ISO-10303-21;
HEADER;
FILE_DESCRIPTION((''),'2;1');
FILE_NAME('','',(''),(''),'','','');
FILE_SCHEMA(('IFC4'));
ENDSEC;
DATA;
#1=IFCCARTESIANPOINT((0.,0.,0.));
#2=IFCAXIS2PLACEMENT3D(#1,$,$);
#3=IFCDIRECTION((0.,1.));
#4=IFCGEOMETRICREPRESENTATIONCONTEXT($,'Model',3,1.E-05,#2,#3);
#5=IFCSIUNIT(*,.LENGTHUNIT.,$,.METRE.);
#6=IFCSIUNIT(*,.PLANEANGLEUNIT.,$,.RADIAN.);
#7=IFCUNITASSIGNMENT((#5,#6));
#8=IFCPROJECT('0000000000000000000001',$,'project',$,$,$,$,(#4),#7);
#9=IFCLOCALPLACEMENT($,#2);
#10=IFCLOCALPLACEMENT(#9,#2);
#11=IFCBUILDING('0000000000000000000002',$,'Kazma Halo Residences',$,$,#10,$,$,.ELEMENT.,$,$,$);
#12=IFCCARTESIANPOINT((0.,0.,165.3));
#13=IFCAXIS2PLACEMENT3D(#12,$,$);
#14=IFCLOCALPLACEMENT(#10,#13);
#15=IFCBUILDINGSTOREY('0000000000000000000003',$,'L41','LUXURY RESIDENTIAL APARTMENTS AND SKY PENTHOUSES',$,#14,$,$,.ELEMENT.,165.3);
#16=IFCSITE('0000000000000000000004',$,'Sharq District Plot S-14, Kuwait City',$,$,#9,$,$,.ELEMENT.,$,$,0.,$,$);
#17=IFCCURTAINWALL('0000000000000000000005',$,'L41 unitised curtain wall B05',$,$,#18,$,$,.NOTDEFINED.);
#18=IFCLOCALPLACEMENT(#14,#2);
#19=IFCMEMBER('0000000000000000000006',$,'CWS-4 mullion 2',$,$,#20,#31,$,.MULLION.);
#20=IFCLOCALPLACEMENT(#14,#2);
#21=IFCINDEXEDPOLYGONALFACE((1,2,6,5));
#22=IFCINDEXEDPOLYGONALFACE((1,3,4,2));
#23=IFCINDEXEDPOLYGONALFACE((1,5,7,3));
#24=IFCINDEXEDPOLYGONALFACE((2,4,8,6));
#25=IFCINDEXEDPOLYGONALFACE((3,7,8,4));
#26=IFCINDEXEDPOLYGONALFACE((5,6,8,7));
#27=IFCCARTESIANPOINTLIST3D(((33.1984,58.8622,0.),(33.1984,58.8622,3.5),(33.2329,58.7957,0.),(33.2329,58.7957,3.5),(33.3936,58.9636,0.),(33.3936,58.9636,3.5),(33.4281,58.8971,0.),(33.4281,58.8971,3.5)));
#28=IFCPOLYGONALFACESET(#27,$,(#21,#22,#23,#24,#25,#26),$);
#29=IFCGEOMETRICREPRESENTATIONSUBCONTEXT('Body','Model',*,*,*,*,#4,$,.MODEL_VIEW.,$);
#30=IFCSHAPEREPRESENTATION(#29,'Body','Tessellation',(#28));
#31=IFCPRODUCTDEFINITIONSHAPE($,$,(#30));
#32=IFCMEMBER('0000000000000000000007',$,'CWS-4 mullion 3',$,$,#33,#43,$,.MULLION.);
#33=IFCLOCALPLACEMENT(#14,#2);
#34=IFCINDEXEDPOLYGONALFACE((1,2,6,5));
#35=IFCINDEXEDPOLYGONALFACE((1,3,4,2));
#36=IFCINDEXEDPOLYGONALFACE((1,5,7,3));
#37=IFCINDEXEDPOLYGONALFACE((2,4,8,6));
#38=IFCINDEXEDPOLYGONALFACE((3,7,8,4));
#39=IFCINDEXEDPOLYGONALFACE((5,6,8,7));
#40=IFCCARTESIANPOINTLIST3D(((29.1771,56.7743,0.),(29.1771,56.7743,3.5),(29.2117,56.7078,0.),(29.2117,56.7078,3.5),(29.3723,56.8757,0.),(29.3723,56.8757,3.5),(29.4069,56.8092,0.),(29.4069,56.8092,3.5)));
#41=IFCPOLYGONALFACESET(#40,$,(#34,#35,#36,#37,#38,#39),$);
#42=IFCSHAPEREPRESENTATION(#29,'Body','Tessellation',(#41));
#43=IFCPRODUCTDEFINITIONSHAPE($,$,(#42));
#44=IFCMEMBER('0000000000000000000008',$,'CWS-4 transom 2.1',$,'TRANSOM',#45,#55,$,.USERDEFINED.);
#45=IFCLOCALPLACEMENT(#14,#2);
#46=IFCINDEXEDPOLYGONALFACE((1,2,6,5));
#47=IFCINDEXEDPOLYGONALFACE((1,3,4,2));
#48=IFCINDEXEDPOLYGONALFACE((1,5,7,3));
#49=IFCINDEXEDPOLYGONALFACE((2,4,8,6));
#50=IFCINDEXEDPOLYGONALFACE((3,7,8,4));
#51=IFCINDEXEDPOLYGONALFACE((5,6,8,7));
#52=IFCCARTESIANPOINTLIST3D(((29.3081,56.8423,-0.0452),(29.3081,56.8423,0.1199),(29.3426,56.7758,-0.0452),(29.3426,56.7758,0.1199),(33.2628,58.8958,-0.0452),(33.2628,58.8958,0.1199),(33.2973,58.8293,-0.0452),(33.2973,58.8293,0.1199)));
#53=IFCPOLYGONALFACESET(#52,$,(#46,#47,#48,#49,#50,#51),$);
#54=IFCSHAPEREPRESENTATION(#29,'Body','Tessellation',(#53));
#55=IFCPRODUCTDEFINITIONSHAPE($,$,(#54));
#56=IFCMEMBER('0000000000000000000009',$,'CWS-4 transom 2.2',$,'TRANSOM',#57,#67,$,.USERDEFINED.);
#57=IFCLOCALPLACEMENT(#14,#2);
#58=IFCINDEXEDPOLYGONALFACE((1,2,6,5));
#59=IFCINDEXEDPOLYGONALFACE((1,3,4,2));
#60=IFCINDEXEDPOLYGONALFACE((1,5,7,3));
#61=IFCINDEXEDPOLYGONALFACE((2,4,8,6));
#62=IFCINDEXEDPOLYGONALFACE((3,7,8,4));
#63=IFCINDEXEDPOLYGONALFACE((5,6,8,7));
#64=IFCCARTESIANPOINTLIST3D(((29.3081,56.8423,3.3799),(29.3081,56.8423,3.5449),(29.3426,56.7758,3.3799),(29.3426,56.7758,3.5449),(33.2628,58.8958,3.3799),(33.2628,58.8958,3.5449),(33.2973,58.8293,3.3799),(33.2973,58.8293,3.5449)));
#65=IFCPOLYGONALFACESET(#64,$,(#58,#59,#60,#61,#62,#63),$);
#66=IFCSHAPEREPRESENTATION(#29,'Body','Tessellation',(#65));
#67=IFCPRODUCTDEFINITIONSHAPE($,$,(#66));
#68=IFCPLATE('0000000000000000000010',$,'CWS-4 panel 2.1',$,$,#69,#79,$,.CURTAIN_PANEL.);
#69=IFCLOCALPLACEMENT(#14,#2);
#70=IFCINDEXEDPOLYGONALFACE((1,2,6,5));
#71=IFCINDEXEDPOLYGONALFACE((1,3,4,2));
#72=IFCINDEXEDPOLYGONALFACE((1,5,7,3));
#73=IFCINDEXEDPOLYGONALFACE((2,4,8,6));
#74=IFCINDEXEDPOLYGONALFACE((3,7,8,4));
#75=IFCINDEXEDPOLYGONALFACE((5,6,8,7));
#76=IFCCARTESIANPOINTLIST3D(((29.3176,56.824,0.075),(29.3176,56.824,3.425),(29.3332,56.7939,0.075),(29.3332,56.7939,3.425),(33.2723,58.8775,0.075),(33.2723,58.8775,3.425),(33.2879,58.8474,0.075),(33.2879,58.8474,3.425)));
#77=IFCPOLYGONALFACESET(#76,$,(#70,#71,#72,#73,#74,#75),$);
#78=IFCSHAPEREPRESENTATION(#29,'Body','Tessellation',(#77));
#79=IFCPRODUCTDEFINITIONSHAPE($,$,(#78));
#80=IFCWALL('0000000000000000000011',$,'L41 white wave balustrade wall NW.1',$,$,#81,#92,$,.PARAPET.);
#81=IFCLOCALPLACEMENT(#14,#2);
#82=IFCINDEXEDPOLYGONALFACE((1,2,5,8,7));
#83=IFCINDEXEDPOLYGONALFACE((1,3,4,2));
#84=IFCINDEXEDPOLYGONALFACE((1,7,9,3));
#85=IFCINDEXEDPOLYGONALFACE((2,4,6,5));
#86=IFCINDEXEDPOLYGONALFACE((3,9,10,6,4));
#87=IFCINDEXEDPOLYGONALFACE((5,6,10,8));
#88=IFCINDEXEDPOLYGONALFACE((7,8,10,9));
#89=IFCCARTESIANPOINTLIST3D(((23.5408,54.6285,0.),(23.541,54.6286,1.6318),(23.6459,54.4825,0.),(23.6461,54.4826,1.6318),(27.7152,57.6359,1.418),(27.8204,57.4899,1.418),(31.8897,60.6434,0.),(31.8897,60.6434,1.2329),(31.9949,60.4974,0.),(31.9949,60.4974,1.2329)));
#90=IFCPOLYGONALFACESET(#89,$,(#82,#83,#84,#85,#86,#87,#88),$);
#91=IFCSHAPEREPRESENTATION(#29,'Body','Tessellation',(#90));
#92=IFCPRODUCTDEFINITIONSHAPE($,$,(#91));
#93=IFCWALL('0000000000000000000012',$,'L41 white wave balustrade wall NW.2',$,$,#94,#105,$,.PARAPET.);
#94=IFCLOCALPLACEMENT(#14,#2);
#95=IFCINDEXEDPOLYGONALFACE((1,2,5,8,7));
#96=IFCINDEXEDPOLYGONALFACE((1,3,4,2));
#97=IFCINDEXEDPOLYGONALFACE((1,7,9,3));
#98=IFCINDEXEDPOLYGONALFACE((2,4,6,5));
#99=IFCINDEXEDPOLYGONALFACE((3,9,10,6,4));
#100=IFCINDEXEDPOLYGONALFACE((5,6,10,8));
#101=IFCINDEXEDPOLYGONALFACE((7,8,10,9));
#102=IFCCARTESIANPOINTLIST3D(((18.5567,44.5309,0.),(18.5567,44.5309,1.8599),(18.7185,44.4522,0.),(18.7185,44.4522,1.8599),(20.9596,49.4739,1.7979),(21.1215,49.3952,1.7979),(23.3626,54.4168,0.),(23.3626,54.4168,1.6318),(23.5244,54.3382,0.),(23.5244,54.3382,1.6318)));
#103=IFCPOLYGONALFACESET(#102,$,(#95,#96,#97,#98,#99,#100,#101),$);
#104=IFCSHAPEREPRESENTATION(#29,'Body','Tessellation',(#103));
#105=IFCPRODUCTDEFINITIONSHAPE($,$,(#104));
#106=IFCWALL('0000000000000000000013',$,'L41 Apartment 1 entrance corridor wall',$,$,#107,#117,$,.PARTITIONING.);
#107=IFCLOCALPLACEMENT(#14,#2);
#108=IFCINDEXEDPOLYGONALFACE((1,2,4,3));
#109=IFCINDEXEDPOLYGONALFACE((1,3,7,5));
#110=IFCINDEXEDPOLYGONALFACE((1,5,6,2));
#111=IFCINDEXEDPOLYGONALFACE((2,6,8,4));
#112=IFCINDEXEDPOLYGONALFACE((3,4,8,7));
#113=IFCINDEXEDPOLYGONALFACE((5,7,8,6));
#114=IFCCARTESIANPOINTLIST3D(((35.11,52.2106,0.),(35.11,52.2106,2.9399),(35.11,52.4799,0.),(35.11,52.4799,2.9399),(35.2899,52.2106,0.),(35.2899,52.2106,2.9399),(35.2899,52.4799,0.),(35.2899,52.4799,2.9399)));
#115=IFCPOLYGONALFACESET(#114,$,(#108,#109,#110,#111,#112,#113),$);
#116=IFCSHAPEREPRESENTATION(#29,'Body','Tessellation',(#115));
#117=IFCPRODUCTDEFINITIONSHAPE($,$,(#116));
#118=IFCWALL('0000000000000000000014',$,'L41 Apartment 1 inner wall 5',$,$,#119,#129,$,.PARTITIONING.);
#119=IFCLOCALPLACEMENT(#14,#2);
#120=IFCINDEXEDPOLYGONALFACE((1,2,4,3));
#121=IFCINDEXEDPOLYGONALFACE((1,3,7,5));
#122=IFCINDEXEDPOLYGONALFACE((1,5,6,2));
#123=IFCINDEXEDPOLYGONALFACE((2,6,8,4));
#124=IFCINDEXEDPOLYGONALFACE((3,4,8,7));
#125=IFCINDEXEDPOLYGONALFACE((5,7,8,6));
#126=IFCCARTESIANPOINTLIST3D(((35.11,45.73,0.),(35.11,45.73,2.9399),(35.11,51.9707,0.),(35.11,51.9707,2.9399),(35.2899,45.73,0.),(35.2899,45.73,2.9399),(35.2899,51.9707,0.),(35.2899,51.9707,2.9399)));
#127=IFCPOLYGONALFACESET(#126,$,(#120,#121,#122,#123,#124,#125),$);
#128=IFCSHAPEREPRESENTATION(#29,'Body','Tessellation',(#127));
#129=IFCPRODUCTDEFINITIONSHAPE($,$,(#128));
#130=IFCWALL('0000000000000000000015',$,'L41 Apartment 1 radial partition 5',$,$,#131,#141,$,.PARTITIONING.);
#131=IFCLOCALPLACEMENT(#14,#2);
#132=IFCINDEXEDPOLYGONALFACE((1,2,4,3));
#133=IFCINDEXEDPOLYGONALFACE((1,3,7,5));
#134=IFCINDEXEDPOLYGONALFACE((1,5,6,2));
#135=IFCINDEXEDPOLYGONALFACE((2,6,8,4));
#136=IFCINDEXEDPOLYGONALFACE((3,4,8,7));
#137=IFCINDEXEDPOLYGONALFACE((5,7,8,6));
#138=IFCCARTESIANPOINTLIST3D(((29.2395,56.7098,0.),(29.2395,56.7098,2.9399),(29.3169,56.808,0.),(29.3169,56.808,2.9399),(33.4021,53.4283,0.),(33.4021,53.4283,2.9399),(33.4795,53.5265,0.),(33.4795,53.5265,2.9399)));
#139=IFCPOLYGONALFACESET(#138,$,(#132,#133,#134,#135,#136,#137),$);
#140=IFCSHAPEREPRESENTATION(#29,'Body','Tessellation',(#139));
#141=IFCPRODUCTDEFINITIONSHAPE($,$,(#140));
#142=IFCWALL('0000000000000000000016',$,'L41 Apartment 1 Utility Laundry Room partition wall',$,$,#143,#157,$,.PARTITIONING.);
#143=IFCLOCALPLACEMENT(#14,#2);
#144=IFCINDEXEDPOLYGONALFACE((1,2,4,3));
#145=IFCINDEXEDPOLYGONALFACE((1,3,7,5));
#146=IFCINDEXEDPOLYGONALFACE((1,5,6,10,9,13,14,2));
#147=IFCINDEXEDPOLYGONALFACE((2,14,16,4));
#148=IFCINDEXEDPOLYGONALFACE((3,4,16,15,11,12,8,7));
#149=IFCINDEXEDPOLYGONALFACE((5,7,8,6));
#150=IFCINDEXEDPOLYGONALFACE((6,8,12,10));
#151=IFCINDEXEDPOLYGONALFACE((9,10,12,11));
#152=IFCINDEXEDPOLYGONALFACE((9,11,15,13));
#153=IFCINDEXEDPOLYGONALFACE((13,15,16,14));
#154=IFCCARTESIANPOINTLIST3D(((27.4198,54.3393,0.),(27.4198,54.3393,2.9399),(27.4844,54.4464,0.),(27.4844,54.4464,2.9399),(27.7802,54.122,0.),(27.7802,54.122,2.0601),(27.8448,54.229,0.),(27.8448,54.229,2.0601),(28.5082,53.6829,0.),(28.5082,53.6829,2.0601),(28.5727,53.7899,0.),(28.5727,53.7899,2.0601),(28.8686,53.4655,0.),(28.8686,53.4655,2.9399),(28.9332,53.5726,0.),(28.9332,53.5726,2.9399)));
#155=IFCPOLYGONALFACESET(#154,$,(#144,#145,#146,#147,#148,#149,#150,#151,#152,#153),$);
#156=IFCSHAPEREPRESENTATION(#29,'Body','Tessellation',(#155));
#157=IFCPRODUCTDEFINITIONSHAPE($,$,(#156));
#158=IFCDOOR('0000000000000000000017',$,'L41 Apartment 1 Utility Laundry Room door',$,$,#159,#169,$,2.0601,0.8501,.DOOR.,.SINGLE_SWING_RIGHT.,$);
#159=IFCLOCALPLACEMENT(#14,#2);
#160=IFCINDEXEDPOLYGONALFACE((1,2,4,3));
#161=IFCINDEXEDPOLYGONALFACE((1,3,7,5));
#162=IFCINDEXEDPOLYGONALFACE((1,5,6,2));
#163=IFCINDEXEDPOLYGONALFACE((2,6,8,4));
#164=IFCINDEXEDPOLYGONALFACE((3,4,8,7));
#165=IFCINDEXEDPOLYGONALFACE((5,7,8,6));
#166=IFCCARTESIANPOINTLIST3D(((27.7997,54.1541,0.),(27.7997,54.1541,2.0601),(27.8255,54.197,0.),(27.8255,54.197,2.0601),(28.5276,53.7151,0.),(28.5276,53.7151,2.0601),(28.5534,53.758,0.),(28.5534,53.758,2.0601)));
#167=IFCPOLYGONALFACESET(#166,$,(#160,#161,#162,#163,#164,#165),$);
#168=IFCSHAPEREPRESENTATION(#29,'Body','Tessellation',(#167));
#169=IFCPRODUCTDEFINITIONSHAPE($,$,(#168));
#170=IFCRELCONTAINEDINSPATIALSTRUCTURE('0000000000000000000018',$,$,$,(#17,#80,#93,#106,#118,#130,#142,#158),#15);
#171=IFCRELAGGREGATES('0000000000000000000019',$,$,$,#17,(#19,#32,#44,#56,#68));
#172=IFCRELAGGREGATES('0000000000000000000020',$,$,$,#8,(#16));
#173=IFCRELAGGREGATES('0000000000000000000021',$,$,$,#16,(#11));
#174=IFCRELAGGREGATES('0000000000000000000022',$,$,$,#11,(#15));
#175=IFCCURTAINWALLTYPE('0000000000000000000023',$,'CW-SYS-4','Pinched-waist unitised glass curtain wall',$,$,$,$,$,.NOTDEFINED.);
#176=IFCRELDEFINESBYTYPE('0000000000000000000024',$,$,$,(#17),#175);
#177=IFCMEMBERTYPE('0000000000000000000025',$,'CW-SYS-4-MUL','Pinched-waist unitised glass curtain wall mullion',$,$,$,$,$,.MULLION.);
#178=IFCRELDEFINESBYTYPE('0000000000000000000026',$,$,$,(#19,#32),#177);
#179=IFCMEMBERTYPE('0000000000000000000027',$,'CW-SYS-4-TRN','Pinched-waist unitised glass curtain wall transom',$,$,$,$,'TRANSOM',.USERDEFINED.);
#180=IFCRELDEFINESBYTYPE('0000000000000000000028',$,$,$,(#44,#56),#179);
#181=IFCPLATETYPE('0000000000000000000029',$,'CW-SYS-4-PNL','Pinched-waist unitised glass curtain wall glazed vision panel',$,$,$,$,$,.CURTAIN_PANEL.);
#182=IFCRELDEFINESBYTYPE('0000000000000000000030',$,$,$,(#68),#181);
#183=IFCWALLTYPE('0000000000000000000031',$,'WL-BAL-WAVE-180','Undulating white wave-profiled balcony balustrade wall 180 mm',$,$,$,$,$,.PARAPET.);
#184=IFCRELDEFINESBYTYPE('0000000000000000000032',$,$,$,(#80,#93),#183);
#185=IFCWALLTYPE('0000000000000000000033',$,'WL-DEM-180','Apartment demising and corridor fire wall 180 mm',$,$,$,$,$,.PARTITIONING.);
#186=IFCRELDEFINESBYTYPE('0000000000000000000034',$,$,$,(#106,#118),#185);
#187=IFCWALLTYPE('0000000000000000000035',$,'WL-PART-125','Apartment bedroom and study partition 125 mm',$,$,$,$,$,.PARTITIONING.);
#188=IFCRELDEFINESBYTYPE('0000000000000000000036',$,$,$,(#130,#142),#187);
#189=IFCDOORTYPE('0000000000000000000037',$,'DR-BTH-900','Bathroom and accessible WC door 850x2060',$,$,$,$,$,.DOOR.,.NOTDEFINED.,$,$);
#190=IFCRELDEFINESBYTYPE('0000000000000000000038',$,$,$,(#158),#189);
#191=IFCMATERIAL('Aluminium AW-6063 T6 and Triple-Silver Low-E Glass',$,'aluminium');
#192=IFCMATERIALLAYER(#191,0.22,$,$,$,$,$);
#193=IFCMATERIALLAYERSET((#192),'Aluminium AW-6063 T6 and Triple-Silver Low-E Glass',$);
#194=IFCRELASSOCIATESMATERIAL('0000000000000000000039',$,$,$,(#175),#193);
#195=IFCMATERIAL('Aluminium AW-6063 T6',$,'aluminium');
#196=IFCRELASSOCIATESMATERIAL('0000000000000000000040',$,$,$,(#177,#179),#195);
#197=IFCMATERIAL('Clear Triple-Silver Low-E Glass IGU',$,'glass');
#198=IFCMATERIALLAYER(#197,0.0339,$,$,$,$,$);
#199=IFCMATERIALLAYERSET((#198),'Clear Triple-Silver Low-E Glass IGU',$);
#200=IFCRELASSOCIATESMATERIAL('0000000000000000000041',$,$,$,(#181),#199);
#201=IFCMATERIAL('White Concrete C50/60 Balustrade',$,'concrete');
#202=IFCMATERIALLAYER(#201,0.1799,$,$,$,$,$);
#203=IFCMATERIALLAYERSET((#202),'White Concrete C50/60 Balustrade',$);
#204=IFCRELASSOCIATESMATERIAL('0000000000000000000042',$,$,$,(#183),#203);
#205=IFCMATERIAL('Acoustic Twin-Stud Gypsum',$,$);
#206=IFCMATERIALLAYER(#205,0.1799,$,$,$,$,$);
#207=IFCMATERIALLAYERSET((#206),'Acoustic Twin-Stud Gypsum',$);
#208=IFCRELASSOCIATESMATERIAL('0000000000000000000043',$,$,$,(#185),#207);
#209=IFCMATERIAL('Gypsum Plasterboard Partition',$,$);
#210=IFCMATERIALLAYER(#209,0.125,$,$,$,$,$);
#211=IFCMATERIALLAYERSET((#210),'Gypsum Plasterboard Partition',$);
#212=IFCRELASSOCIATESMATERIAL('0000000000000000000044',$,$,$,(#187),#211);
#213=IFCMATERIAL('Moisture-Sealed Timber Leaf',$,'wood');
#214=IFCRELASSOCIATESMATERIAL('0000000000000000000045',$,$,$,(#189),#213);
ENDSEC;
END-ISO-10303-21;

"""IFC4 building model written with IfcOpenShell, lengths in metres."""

from ifc_helpers import new_model, si_unit, direction, frame, frame_2d, origin, origin_2d, place, context, subcontext, project, spatial, polyline, rectangle, outline, extrude, material, layer, layer_set, material_profile, profile_set, type_object, element, fill, aggregate, save


model = new_model("IFC4")

# Units and contexts
model_context = context("Model", 3, precision=1e-05, world=origin(), true_north=direction((0.0, 1.0)))
body_context = subcontext(model_context, "Body", "Model", "MODEL_VIEW")
ifc_project = project(units=[si_unit("LENGTHUNIT", "METRE"), si_unit("PLANEANGLEUNIT", "RADIAN")], contexts=[model_context])

# Site, building, storey
site_placement = place(None, origin())
site = spatial("IfcSite", under=ifc_project, at=site_placement, Name="Sharq District Plot S-14, Kuwait City", CompositionType="ELEMENT", RefElevation=0.0)
building_placement = place(site_placement, origin())
building = spatial("IfcBuilding", under=site, at=building_placement, Name="Kazma Halo Residences", CompositionType="ELEMENT")
storey_placement = place(building_placement, frame((0.0, 0.0, 165.3)))
storey = spatial("IfcBuildingStorey", under=building, at=storey_placement, Name="L41", Description="LUXURY RESIDENTIAL APARTMENTS AND SKY PENTHOUSES", CompositionType="ELEMENT", Elevation=165.3)

# Curtain wall, members, plate
ifc_material_1 = material(Name="Aluminium AW-6063 T6 and Triple-Silver Low-E Glass", Category="aluminium")
ifc_layer_1 = layer(ifc_material_1, 0.22)
ifc_layer_set_1 = layer_set([ifc_layer_1], Name="Aluminium AW-6063 T6 and Triple-Silver Low-E Glass")
curtain_wall_type = type_object("IfcCurtainWallType", Name="CW-SYS-4", Description="Pinched-waist unitised glass curtain wall", PredefinedType="NOTDEFINED", material=ifc_layer_set_1)
curtain_wall_placement = place(storey_placement, origin())
curtain_wall = element("IfcCurtainWall", 1, at=curtain_wall_placement, inside=storey, type_object=curtain_wall_type, Name="L41 unitised curtain wall B05", PredefinedType="NOTDEFINED")
ifc_material_2 = material(Name="Aluminium AW-6063 T6", Category="aluminium")
ifc_material_profile_1 = material_profile(ifc_material_2, rectangle(XDim=0.075, YDim=0.22, at=origin_2d()), Name="CWM-75x220")
ifc_profile_set_1 = profile_set([ifc_material_profile_1], Name="Aluminium AW-6063 T6")
member_type_1 = type_object("IfcMemberType", Name="CW-SYS-4-MUL", Description="Pinched-waist unitised glass curtain wall mullion", PredefinedType="MULLION", material=ifc_profile_set_1)
member_1_placement = place(storey_placement, frame((33.3132, 58.8796, 0.0), z_axis=(0.0, 0.0, 1.0), x_axis=(0.460837, -0.887485, 0.0)))
member_1 = element("IfcMember", 2, at=member_1_placement, type_object=member_type_1, Name="CWS-4 mullion 2", PredefinedType="MULLION", context=body_context, shape_type="SweptSolid", body=[
    extrude(rectangle(XDim=0.075, YDim=0.22, at=origin_2d()), origin(), (0.0, 0.0, 1.0), 3.5),
])
member_2_placement = place(storey_placement, frame((29.292, 56.7917, 0.0), z_axis=(0.0, 0.0, 1.0), x_axis=(0.460837, -0.887485, 0.0)))
member_2 = element("IfcMember", 3, at=member_2_placement, type_object=member_type_1, Name="CWS-4 mullion 3", PredefinedType="MULLION", context=body_context, shape_type="SweptSolid", body=[
    extrude(rectangle(XDim=0.075, YDim=0.22, at=origin_2d()), origin(), (0.0, 0.0, 1.0), 3.5),
])
ifc_material_profile_2 = material_profile(ifc_material_2, rectangle(XDim=0.075, YDim=0.165, at=origin_2d()), Name="CWT-75x165")
ifc_profile_set_2 = profile_set([ifc_material_profile_2], Name="Aluminium AW-6063 T6")
member_type_2 = type_object("IfcMemberType", Name="CW-SYS-4-TRN", Description="Pinched-waist unitised glass curtain wall transom", ElementType="TRANSOM", PredefinedType="USERDEFINED", material=ifc_profile_set_2)
member_3_placement = place(storey_placement, frame((33.28, 58.8625, 0.0374), z_axis=(-0.887485, -0.460837, 0.0), x_axis=(0.460837, -0.887485, 0.0)))
member_3 = element("IfcMember", 4, at=member_3_placement, type_object=member_type_2, Name="CWS-4 transom 2.1", ObjectType="TRANSOM", PredefinedType="USERDEFINED", context=body_context, shape_type="SweptSolid", body=[
    extrude(rectangle(XDim=0.075, YDim=0.165, at=origin_2d()), origin(), (0.0, 0.0, 1.0), 4.4561),
])
member_4_placement = place(storey_placement, frame((33.28, 58.8625, 3.4624), z_axis=(-0.887485, -0.460837, 0.0), x_axis=(0.460837, -0.887485, 0.0)))
member_4 = element("IfcMember", 5, at=member_4_placement, type_object=member_type_2, Name="CWS-4 transom 2.2", ObjectType="TRANSOM", PredefinedType="USERDEFINED", context=body_context, shape_type="SweptSolid", body=[
    extrude(rectangle(XDim=0.075, YDim=0.165, at=origin_2d()), origin(), (0.0, 0.0, 1.0), 4.4561),
])
ifc_material_3 = material(Name="Clear Triple-Silver Low-E Glass IGU", Category="glass")
ifc_layer_2 = layer(ifc_material_3, 0.0339)
ifc_layer_set_2 = layer_set([ifc_layer_2], Name="Clear Triple-Silver Low-E Glass IGU")
plate_type = type_object("IfcPlateType", Name="CW-SYS-4-PNL", Description="Pinched-waist unitised glass curtain wall glazed vision panel", PredefinedType="CURTAIN_PANEL", material=ifc_layer_set_2)
plate_placement = place(storey_placement, frame((31.3027, 57.8357, 0.075), z_axis=(0.0, 0.0, 1.0), x_axis=(-0.887485, -0.460837, 0.0)))
plate = element("IfcPlate", 6, at=plate_placement, type_object=plate_type, Name="CWS-4 panel 2.1", PredefinedType="CURTAIN_PANEL", context=body_context, shape_type="SweptSolid", body=[
    extrude(rectangle(XDim=4.4561, YDim=0.0339, at=origin_2d()), origin(), (0.0, 0.0, 1.0), 3.3501),
])
aggregate(curtain_wall, [member_1, member_2, member_3, member_4, plate])

# Walls
ifc_material_4 = material(Name="White Concrete C50/60 Balustrade", Category="concrete")
ifc_layer_3 = layer(ifc_material_4, 0.1799)
ifc_layer_set_3 = layer_set([ifc_layer_3], Name="White Concrete C50/60 Balustrade")
wall_type_1 = type_object("IfcWallType", Name="WL-BAL-WAVE-180", Description="Undulating white wave-profiled balcony balustrade wall 180 mm", PredefinedType="PARAPET", material=ifc_layer_set_3)
wall_1_placement = place(storey_placement, frame((31.9424, 60.5703, 0.0), z_axis=(0.0, 0.0, 1.0), x_axis=(-0.811364, -0.584542, 0.0)))
element("IfcWall", 7, at=wall_1_placement, inside=storey, type_object=wall_type_1, Name="L41 white wave balustrade wall NW.1", PredefinedType="PARAPET", context=body_context, shape_type="SweptSolid", body=[
    extrude(outline(polyline([(0.0, 0.0), (10.29, 0.0), (10.2898, 1.6318), (5.145, 1.418), (0.0, 1.2329), (0.0, 0.0)])), frame((0.0, 0.0898, 0.0), z_axis=(0.0, -1.0, 0.0), x_axis=(1.0, 0.0, 0.0)), (0.0, 0.0, 1.0), 0.1799),
])
wall_2_placement = place(storey_placement, frame((23.4436, 54.3774, 0.0), z_axis=(0.0, 0.0, 1.0), x_axis=(-0.437209, -0.89936, 0.0)))
element("IfcWall", 8, at=wall_2_placement, inside=storey, type_object=wall_type_1, Name="L41 white wave balustrade wall NW.2", PredefinedType="PARAPET", context=body_context, shape_type="SweptSolid", body=[
    extrude(outline(polyline([(0.0, 0.0), (10.9922, 0.0), (10.9922, 1.8599), (5.4961, 1.7979), (0.0, 1.6318), (0.0, 0.0)])), frame((0.0, 0.0898, 0.0), z_axis=(0.0, -1.0, 0.0), x_axis=(1.0, 0.0, 0.0)), (0.0, 0.0, 1.0), 0.1799),
])
ifc_material_5 = material(Name="Acoustic Twin-Stud Gypsum")
ifc_layer_4 = layer(ifc_material_5, 0.1799)
ifc_layer_set_4 = layer_set([ifc_layer_4], Name="Acoustic Twin-Stud Gypsum")
wall_type_2 = type_object("IfcWallType", Name="WL-DEM-180", Description="Apartment demising and corridor fire wall 180 mm", PredefinedType="PARTITIONING", material=ifc_layer_set_4)
wall_3_placement = place(storey_placement, frame((35.2, 52.48, 0.0), z_axis=(0.0, 0.0, 1.0), x_axis=(0.0, -1.0, 0.0)))
element("IfcWall", 9, at=wall_3_placement, inside=storey, type_object=wall_type_2, Name="L41 Apartment 1 entrance corridor wall", PredefinedType="PARTITIONING", context=body_context, shape_type="SweptSolid", body=[
    extrude(rectangle(XDim=0.2693, YDim=0.1799, at=frame_2d((0.1348, 0.0))), origin(), (0.0, 0.0, 1.0), 2.9399),
])
wall_4_placement = place(storey_placement, frame((35.2, 51.9707, 0.0), z_axis=(0.0, 0.0, 1.0), x_axis=(0.0, -1.0, 0.0)))
element("IfcWall", 10, at=wall_4_placement, inside=storey, type_object=wall_type_2, Name="L41 Apartment 1 inner wall 5", PredefinedType="PARTITIONING", context=body_context, shape_type="SweptSolid", body=[
    extrude(rectangle(XDim=6.2407, YDim=0.1799, at=frame_2d((3.1204, 0.0))), origin(), (0.0, 0.0, 1.0), 2.9399),
])

# Wall
ifc_material_6 = material(Name="Gypsum Plasterboard Partition")
ifc_layer_5 = layer(ifc_material_6, 0.125)
ifc_layer_set_5 = layer_set([ifc_layer_5], Name="Gypsum Plasterboard Partition")
wall_type_3 = type_object("IfcWallType", Name="WL-PART-125", Description="Apartment bedroom and study partition 125 mm", PredefinedType="PARTITIONING", material=ifc_layer_set_5)
wall_5_placement = place(storey_placement, frame((33.4409, 53.4773, 0.0), z_axis=(0.0, 0.0, 1.0), x_axis=(-0.78532, 0.61909, 0.0)))
element("IfcWall", 11, at=wall_5_placement, inside=storey, type_object=wall_type_3, Name="L41 Apartment 1 radial partition 5", PredefinedType="PARTITIONING", context=body_context, shape_type="SweptSolid", body=[
    extrude(rectangle(XDim=5.3005, YDim=0.125, at=frame_2d((2.6504, 0.0))), origin(), (0.0, 0.0, 1.0), 2.9399),
])

# Wall, opening, door
wall_6_placement = place(storey_placement, frame((28.9009, 53.519, 0.0), z_axis=(0.0, 0.0, 1.0), x_axis=(-0.856307, 0.516468, 0.0)))
wall_6 = element("IfcWall", 12, at=wall_6_placement, inside=storey, type_object=wall_type_3, Name="L41 Apartment 1 Utility Laundry Room partition wall", PredefinedType="PARTITIONING", context=body_context, shape_type="SweptSolid", body=[
    extrude(rectangle(XDim=1.6919, YDim=0.125, at=frame_2d((0.8459, 0.0))), origin(), (0.0, 0.0, 1.0), 2.9399),
])
opening_1_placement = place(wall_6_placement, frame((0.4209, 0.0, 0.0)))
opening_1 = element("IfcOpeningElement", 13, at=opening_1_placement, cuts=wall_6, PredefinedType="OPENING", context=body_context, shape_type="SweptSolid", body=[
    extrude(rectangle(XDim=0.8501, YDim=2.0601, at=frame_2d((0.425, 1.03))), frame((0.0, 0.0725, 0.0), z_axis=(0.0, -1.0, 0.0), x_axis=(1.0, 0.0, 0.0)), (0.0, 0.0, 1.0), 0.145),
])
ifc_material_7 = material(Name="Moisture-Sealed Timber Leaf", Category="wood")
door_type_1 = type_object("IfcDoorType", Name="DR-BTH-900", Description="Bathroom and accessible WC door 850x2060", OperationType="NOTDEFINED", PredefinedType="DOOR", material=ifc_material_7)
door_1_placement = place(opening_1_placement, origin())
door_1 = element("IfcDoor", 14, at=door_1_placement, inside=storey, type_object=door_type_1, Name="L41 Apartment 1 Utility Laundry Room door", OperationType="SINGLE_SWING_RIGHT", OverallHeight=2.0601, OverallWidth=0.8501, PredefinedType="DOOR", context=body_context, shape_type="SweptSolid", body=[
    extrude(rectangle(XDim=0.8501, YDim=2.0601, at=frame_2d((0.425, 1.03))), frame((0.0, 0.0249, 0.0), z_axis=(0.0, -1.0, 0.0), x_axis=(1.0, 0.0, 0.0)), (0.0, 0.0, 1.0), 0.05),
])
fill(opening_1, door_1)

save(model, "model.ifc")
